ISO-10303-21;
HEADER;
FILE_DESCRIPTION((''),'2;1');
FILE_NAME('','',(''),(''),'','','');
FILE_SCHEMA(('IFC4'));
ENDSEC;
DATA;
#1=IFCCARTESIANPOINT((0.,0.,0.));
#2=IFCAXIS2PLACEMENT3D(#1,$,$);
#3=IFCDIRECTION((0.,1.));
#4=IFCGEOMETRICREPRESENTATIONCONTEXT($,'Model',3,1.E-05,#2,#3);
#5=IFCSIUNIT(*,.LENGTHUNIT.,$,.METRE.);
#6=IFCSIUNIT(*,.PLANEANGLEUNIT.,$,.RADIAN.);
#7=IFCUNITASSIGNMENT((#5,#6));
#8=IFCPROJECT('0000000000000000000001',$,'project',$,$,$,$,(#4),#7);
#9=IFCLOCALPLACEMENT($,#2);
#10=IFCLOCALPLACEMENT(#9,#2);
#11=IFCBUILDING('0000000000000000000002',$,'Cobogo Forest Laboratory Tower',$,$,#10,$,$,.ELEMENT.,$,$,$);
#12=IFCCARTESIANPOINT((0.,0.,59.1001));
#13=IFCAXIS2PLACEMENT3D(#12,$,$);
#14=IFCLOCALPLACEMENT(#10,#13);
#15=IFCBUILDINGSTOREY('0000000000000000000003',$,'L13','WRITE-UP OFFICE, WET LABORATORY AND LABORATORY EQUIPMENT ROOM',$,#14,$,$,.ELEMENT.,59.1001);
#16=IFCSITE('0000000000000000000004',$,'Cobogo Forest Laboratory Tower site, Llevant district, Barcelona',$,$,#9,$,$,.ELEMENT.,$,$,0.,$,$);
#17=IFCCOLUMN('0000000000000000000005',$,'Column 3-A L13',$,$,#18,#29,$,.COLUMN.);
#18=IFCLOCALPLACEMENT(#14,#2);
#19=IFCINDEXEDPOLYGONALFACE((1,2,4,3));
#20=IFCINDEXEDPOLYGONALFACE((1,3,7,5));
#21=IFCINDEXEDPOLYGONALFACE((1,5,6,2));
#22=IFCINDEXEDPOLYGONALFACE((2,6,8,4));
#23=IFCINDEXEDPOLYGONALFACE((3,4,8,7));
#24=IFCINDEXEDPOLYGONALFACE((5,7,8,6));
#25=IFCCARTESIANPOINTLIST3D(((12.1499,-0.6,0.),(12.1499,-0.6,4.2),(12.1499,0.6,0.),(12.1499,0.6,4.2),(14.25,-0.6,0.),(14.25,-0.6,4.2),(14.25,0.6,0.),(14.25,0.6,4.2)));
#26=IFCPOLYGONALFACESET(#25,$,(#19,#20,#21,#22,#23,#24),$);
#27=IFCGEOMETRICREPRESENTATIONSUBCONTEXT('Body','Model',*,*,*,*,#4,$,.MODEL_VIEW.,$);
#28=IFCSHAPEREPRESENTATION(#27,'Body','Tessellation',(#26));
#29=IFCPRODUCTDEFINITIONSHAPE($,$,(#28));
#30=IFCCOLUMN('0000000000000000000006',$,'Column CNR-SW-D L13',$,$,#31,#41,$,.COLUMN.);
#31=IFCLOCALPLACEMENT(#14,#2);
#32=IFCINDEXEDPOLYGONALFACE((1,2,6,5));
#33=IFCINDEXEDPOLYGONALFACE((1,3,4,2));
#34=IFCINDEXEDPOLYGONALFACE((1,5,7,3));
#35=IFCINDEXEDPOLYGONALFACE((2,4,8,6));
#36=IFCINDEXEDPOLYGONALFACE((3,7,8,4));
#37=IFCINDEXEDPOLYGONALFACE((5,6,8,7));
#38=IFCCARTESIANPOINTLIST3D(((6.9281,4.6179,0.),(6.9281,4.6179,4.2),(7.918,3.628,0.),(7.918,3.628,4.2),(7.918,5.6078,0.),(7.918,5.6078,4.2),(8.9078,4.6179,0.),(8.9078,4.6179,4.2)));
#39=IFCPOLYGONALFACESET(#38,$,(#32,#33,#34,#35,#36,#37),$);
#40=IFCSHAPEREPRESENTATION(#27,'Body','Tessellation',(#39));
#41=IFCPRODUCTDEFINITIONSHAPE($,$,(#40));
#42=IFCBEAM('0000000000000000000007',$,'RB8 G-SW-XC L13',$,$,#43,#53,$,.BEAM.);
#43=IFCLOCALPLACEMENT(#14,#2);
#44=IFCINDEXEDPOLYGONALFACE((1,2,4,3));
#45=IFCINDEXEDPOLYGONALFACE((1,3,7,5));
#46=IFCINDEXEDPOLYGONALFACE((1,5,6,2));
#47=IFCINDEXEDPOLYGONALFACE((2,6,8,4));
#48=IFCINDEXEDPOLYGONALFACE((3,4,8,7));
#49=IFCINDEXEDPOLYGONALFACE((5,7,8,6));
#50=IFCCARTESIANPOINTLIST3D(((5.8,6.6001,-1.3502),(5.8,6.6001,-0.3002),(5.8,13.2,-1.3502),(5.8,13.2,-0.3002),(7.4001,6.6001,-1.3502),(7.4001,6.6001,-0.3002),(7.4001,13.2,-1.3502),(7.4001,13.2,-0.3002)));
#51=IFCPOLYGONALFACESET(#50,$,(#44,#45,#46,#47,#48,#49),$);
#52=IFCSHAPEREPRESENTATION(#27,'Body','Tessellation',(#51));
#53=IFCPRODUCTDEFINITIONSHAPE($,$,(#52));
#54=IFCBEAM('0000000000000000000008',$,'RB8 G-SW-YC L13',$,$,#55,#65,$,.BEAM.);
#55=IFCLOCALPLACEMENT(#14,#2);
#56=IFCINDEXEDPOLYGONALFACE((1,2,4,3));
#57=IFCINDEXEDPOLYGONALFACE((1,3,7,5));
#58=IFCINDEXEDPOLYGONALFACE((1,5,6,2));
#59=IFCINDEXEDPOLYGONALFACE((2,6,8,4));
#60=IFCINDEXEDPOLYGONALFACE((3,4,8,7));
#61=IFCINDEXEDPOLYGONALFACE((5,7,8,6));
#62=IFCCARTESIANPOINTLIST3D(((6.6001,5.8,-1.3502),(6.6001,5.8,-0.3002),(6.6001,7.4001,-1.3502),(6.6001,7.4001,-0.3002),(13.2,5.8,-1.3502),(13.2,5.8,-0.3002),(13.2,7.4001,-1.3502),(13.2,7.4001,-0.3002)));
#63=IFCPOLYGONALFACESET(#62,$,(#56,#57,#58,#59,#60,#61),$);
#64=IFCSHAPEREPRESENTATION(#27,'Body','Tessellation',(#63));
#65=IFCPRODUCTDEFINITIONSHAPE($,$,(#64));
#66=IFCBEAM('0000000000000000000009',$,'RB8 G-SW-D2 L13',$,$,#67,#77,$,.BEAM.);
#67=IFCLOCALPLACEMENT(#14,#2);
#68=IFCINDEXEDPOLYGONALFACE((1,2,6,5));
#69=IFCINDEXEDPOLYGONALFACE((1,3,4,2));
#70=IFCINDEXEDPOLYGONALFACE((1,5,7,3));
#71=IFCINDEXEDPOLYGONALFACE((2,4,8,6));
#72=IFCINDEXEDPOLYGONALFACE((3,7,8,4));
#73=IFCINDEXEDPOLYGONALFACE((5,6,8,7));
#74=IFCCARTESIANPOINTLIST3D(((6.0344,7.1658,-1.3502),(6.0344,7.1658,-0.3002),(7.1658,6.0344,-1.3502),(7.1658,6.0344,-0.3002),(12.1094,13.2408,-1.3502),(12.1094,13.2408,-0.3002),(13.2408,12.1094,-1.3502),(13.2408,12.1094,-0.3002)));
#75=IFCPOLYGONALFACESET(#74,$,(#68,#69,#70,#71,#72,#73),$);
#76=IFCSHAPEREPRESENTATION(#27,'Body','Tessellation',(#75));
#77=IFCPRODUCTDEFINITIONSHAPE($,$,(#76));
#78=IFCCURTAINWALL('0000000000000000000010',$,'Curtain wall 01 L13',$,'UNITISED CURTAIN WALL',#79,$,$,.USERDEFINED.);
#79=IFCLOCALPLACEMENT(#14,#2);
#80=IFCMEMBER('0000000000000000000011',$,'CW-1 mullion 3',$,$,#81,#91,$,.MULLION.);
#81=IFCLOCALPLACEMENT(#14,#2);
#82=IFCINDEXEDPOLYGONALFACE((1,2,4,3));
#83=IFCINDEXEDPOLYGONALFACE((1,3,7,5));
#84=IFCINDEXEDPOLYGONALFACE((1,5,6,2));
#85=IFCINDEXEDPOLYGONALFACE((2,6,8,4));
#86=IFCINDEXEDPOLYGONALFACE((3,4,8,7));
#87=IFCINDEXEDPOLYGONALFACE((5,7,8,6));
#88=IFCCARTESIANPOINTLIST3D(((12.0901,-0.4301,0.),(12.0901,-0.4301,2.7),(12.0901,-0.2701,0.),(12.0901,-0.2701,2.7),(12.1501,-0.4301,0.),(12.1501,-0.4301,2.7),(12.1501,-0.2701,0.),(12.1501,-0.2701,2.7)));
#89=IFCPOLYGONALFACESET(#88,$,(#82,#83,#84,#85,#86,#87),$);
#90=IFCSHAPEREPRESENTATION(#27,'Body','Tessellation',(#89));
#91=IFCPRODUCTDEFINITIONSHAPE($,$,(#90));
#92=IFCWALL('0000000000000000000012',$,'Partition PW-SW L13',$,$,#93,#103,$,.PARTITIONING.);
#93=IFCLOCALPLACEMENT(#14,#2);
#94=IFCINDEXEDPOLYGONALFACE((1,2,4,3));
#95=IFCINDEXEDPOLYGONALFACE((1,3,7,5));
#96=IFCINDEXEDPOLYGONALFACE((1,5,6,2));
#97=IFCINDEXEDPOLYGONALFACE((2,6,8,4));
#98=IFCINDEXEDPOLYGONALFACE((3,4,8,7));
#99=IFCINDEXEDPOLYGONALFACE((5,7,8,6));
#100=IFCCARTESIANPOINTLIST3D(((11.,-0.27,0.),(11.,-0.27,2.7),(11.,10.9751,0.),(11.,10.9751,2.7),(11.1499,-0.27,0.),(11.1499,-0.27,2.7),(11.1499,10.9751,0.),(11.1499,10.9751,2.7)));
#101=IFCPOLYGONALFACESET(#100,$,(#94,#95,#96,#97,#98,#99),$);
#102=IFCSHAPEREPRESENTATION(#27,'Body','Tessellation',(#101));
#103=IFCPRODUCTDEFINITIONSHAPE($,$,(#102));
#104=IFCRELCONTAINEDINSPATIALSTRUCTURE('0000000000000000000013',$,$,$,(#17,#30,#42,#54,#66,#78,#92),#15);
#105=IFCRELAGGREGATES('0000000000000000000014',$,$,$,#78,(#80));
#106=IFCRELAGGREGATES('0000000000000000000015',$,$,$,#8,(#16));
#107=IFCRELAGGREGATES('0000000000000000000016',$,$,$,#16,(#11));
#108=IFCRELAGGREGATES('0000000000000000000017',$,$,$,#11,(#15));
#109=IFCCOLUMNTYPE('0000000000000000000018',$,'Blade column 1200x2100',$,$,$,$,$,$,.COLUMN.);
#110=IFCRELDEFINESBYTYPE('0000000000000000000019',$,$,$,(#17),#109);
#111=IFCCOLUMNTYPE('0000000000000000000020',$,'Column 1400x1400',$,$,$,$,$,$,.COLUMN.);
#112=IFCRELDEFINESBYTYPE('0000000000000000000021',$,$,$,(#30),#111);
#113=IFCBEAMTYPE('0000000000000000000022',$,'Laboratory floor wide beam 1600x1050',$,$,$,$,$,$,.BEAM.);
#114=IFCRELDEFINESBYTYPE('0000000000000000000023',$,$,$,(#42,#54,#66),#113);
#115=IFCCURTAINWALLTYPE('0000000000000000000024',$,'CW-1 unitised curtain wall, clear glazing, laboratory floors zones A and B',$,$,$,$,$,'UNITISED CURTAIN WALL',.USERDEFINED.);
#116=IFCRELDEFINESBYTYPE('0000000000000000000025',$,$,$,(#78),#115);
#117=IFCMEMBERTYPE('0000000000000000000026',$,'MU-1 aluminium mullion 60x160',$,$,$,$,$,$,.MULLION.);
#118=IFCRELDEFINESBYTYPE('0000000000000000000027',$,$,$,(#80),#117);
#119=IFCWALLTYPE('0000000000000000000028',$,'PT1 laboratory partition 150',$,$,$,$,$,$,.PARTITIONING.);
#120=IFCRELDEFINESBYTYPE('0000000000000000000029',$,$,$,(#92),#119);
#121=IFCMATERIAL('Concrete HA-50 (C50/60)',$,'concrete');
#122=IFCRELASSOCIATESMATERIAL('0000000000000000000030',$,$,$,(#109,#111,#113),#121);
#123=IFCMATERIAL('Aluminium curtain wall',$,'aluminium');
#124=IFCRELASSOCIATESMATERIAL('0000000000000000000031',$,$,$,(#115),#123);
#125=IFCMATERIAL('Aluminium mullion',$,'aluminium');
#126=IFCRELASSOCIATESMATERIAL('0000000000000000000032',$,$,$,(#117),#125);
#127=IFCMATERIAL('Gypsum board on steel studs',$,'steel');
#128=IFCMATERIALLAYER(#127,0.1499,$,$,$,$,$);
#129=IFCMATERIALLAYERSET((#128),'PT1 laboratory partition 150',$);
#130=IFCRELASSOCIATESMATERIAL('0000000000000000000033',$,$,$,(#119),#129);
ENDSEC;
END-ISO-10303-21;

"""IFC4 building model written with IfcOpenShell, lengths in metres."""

from ifc_helpers import new_model, si_unit, direction, frame, frame_2d, origin, origin_2d, place, context, subcontext, project, spatial, rectangle, extrude, material, layer, layer_set, material_profile, profile_set, type_object, element, aggregate, save


model = new_model("IFC4")

# Units and contexts
model_context = context("Model", 3, precision=1e-05, world=origin(), true_north=direction((0.0, 1.0)))
body_context = subcontext(model_context, "Body", "Model", "MODEL_VIEW")
ifc_project = project(units=[si_unit("LENGTHUNIT", "METRE"), si_unit("PLANEANGLEUNIT", "RADIAN")], contexts=[model_context])

# Site, building, storey
site_placement = place(None, origin())
site = spatial("IfcSite", under=ifc_project, at=site_placement, Name="Cobogo Forest Laboratory Tower site, Llevant district, Barcelona", CompositionType="ELEMENT", RefElevation=0.0)
building_placement = place(site_placement, origin())
building = spatial("IfcBuilding", under=site, at=building_placement, Name="Cobogo Forest Laboratory Tower", CompositionType="ELEMENT")
storey_placement = place(building_placement, frame((0.0, 0.0, 59.1001)))
storey = spatial("IfcBuildingStorey", under=building, at=storey_placement, Name="L13", Description="WRITE-UP OFFICE, WET LABORATORY AND LABORATORY EQUIPMENT ROOM", CompositionType="ELEMENT", Elevation=59.1001)

# Columns
ifc_material_1 = material(Name="Concrete HA-50 (C50/60)", Category="concrete")
ifc_material_profile_1 = material_profile(ifc_material_1, rectangle(XDim=2.1001, YDim=1.2, at=origin_2d()), Name="RC 1200x2100")
ifc_profile_set_1 = profile_set([ifc_material_profile_1], Name="Concrete HA-50 (C50/60)")
column_type_1 = type_object("IfcColumnType", Name="Blade column 1200x2100", PredefinedType="COLUMN", material=ifc_profile_set_1)
column_1_placement = place(storey_placement, frame((13.2, 0.0, 0.0), z_axis=(0.0, 0.0, 1.0), x_axis=(1.0, 0.0, 0.0)))
element("IfcColumn", 1, at=column_1_placement, inside=storey, type_object=column_type_1, Name="Column 3-A L13", PredefinedType="COLUMN", context=body_context, shape_type="SweptSolid", body=[
    extrude(rectangle(XDim=2.1001, YDim=1.2, at=origin_2d()), origin(), (0.0, 0.0, 1.0), 4.2),
])
ifc_material_profile_2 = material_profile(ifc_material_1, rectangle(XDim=1.3999, YDim=1.3999, at=origin_2d()), Name="RC 1400x1400")
ifc_profile_set_2 = profile_set([ifc_material_profile_2], Name="Concrete HA-50 (C50/60)")
column_type_2 = type_object("IfcColumnType", Name="Column 1400x1400", PredefinedType="COLUMN", material=ifc_profile_set_2)
column_2_placement = place(storey_placement, frame((7.918, 4.6179, 0.0), z_axis=(0.0, 0.0, 1.0), x_axis=(0.707107, 0.707107, 0.0)))
element("IfcColumn", 2, at=column_2_placement, inside=storey, type_object=column_type_2, Name="Column CNR-SW-D L13", PredefinedType="COLUMN", context=body_context, shape_type="SweptSolid", body=[
    extrude(rectangle(XDim=1.3999, YDim=1.3999, at=origin_2d()), origin(), (0.0, 0.0, 1.0), 4.2),
])

# Beams
ifc_material_profile_3 = material_profile(ifc_material_1, rectangle(XDim=1.6001, YDim=1.05, at=origin_2d()), Name="RC 1600x1050")
ifc_profile_set_3 = profile_set([ifc_material_profile_3], Name="Concrete HA-50 (C50/60)")
beam_type = type_object("IfcBeamType", Name="Laboratory floor wide beam 1600x1050", PredefinedType="BEAM", material=ifc_profile_set_3)
for number, where, z_axis, x_axis, name in (
    (3, (6.6001, 6.6001, -0.8252), (0.0, 1.0, 0.0), (-1.0, 0.0, 0.0), "RB8 G-SW-XC L13"),
    (4, (6.6001, 6.6001, -0.8252), (1.0, 0.0, 0.0), (0.0, 1.0, 0.0), "RB8 G-SW-YC L13"),
):
    element("IfcBeam", number, at=place(storey_placement, frame(where, z_axis=z_axis, x_axis=x_axis)), inside=storey, type_object=beam_type, Name=name, PredefinedType="BEAM", context=body_context, shape_type="SweptSolid", body=[
        extrude(rectangle(XDim=1.6001, YDim=1.05, at=origin_2d()), origin(), (0.0, 0.0, 1.0), 6.5999),
    ])
beam_placement = place(storey_placement, frame((6.6001, 6.6001, -0.8252), z_axis=(0.707107, 0.707107, 0.0), x_axis=(-0.707107, 0.707107, 0.0)))
element("IfcBeam", 5, at=beam_placement, inside=storey, type_object=beam_type, Name="RB8 G-SW-D2 L13", PredefinedType="BEAM", context=body_context, shape_type="SweptSolid", body=[
    extrude(rectangle(XDim=1.6001, YDim=1.05, at=origin_2d()), origin(), (0.0, 0.0, 1.0), 8.5913),
])

# Curtain wall, member
ifc_material_2 = material(Name="Aluminium curtain wall", Category="aluminium")
curtain_wall_type = type_object("IfcCurtainWallType", Name="CW-1 unitised curtain wall, clear glazing, laboratory floors zones A and B", ElementType="UNITISED CURTAIN WALL", PredefinedType="USERDEFINED", material=ifc_material_2)
curtain_wall_placement = place(storey_placement, origin())
curtain_wall = element("IfcCurtainWall", 6, at=curtain_wall_placement, inside=storey, type_object=curtain_wall_type, Name="Curtain wall 01 L13", ObjectType="UNITISED CURTAIN WALL", PredefinedType="USERDEFINED")
ifc_material_3 = material(Name="Aluminium mullion", Category="aluminium")
ifc_material_profile_4 = material_profile(ifc_material_3, rectangle(XDim=0.0601, YDim=0.1599, at=origin_2d()), Name="AL 60x160")
ifc_profile_set_4 = profile_set([ifc_material_profile_4], Name="Aluminium mullion")
member_type = type_object("IfcMemberType", Name="MU-1 aluminium mullion 60x160", PredefinedType="MULLION", material=ifc_profile_set_4)
member_placement = place(storey_placement, frame((12.1201, -0.3501, 0.0), z_axis=(0.0, 0.0, 1.0), x_axis=(1.0, 0.0, 0.0)))
member = element("IfcMember", 7, at=member_placement, type_object=member_type, Name="CW-1 mullion 3", PredefinedType="MULLION", context=body_context, shape_type="SweptSolid", body=[
    extrude(rectangle(XDim=0.0601, YDim=0.1599, at=origin_2d()), origin(), (0.0, 0.0, 1.0), 2.7),
])
aggregate(curtain_wall, [member])

# Wall
ifc_material_4 = material(Name="Gypsum board on steel studs", Category="steel")
ifc_layer_1 = layer(ifc_material_4, 0.1499)
ifc_layer_set_1 = layer_set([ifc_layer_1], Name="PT1 laboratory partition 150")
wall_type_1 = type_object("IfcWallType", Name="PT1 laboratory partition 150", PredefinedType="PARTITIONING", material=ifc_layer_set_1)
wall_1_placement = place(storey_placement, frame((11.075, -0.27, 0.0), z_axis=(0.0, 0.0, 1.0), x_axis=(0.0, 1.0, 0.0)))
element("IfcWall", 8, at=wall_1_placement, inside=storey, type_object=wall_type_1, Name="Partition PW-SW L13", PredefinedType="PARTITIONING", context=body_context, shape_type="SweptSolid", body=[
    extrude(rectangle(XDim=11.2451, YDim=0.1499, at=frame_2d((5.6226, 0.0))), origin(), (0.0, 0.0, 1.0), 2.7),
])

save(model, "model.ifc")
